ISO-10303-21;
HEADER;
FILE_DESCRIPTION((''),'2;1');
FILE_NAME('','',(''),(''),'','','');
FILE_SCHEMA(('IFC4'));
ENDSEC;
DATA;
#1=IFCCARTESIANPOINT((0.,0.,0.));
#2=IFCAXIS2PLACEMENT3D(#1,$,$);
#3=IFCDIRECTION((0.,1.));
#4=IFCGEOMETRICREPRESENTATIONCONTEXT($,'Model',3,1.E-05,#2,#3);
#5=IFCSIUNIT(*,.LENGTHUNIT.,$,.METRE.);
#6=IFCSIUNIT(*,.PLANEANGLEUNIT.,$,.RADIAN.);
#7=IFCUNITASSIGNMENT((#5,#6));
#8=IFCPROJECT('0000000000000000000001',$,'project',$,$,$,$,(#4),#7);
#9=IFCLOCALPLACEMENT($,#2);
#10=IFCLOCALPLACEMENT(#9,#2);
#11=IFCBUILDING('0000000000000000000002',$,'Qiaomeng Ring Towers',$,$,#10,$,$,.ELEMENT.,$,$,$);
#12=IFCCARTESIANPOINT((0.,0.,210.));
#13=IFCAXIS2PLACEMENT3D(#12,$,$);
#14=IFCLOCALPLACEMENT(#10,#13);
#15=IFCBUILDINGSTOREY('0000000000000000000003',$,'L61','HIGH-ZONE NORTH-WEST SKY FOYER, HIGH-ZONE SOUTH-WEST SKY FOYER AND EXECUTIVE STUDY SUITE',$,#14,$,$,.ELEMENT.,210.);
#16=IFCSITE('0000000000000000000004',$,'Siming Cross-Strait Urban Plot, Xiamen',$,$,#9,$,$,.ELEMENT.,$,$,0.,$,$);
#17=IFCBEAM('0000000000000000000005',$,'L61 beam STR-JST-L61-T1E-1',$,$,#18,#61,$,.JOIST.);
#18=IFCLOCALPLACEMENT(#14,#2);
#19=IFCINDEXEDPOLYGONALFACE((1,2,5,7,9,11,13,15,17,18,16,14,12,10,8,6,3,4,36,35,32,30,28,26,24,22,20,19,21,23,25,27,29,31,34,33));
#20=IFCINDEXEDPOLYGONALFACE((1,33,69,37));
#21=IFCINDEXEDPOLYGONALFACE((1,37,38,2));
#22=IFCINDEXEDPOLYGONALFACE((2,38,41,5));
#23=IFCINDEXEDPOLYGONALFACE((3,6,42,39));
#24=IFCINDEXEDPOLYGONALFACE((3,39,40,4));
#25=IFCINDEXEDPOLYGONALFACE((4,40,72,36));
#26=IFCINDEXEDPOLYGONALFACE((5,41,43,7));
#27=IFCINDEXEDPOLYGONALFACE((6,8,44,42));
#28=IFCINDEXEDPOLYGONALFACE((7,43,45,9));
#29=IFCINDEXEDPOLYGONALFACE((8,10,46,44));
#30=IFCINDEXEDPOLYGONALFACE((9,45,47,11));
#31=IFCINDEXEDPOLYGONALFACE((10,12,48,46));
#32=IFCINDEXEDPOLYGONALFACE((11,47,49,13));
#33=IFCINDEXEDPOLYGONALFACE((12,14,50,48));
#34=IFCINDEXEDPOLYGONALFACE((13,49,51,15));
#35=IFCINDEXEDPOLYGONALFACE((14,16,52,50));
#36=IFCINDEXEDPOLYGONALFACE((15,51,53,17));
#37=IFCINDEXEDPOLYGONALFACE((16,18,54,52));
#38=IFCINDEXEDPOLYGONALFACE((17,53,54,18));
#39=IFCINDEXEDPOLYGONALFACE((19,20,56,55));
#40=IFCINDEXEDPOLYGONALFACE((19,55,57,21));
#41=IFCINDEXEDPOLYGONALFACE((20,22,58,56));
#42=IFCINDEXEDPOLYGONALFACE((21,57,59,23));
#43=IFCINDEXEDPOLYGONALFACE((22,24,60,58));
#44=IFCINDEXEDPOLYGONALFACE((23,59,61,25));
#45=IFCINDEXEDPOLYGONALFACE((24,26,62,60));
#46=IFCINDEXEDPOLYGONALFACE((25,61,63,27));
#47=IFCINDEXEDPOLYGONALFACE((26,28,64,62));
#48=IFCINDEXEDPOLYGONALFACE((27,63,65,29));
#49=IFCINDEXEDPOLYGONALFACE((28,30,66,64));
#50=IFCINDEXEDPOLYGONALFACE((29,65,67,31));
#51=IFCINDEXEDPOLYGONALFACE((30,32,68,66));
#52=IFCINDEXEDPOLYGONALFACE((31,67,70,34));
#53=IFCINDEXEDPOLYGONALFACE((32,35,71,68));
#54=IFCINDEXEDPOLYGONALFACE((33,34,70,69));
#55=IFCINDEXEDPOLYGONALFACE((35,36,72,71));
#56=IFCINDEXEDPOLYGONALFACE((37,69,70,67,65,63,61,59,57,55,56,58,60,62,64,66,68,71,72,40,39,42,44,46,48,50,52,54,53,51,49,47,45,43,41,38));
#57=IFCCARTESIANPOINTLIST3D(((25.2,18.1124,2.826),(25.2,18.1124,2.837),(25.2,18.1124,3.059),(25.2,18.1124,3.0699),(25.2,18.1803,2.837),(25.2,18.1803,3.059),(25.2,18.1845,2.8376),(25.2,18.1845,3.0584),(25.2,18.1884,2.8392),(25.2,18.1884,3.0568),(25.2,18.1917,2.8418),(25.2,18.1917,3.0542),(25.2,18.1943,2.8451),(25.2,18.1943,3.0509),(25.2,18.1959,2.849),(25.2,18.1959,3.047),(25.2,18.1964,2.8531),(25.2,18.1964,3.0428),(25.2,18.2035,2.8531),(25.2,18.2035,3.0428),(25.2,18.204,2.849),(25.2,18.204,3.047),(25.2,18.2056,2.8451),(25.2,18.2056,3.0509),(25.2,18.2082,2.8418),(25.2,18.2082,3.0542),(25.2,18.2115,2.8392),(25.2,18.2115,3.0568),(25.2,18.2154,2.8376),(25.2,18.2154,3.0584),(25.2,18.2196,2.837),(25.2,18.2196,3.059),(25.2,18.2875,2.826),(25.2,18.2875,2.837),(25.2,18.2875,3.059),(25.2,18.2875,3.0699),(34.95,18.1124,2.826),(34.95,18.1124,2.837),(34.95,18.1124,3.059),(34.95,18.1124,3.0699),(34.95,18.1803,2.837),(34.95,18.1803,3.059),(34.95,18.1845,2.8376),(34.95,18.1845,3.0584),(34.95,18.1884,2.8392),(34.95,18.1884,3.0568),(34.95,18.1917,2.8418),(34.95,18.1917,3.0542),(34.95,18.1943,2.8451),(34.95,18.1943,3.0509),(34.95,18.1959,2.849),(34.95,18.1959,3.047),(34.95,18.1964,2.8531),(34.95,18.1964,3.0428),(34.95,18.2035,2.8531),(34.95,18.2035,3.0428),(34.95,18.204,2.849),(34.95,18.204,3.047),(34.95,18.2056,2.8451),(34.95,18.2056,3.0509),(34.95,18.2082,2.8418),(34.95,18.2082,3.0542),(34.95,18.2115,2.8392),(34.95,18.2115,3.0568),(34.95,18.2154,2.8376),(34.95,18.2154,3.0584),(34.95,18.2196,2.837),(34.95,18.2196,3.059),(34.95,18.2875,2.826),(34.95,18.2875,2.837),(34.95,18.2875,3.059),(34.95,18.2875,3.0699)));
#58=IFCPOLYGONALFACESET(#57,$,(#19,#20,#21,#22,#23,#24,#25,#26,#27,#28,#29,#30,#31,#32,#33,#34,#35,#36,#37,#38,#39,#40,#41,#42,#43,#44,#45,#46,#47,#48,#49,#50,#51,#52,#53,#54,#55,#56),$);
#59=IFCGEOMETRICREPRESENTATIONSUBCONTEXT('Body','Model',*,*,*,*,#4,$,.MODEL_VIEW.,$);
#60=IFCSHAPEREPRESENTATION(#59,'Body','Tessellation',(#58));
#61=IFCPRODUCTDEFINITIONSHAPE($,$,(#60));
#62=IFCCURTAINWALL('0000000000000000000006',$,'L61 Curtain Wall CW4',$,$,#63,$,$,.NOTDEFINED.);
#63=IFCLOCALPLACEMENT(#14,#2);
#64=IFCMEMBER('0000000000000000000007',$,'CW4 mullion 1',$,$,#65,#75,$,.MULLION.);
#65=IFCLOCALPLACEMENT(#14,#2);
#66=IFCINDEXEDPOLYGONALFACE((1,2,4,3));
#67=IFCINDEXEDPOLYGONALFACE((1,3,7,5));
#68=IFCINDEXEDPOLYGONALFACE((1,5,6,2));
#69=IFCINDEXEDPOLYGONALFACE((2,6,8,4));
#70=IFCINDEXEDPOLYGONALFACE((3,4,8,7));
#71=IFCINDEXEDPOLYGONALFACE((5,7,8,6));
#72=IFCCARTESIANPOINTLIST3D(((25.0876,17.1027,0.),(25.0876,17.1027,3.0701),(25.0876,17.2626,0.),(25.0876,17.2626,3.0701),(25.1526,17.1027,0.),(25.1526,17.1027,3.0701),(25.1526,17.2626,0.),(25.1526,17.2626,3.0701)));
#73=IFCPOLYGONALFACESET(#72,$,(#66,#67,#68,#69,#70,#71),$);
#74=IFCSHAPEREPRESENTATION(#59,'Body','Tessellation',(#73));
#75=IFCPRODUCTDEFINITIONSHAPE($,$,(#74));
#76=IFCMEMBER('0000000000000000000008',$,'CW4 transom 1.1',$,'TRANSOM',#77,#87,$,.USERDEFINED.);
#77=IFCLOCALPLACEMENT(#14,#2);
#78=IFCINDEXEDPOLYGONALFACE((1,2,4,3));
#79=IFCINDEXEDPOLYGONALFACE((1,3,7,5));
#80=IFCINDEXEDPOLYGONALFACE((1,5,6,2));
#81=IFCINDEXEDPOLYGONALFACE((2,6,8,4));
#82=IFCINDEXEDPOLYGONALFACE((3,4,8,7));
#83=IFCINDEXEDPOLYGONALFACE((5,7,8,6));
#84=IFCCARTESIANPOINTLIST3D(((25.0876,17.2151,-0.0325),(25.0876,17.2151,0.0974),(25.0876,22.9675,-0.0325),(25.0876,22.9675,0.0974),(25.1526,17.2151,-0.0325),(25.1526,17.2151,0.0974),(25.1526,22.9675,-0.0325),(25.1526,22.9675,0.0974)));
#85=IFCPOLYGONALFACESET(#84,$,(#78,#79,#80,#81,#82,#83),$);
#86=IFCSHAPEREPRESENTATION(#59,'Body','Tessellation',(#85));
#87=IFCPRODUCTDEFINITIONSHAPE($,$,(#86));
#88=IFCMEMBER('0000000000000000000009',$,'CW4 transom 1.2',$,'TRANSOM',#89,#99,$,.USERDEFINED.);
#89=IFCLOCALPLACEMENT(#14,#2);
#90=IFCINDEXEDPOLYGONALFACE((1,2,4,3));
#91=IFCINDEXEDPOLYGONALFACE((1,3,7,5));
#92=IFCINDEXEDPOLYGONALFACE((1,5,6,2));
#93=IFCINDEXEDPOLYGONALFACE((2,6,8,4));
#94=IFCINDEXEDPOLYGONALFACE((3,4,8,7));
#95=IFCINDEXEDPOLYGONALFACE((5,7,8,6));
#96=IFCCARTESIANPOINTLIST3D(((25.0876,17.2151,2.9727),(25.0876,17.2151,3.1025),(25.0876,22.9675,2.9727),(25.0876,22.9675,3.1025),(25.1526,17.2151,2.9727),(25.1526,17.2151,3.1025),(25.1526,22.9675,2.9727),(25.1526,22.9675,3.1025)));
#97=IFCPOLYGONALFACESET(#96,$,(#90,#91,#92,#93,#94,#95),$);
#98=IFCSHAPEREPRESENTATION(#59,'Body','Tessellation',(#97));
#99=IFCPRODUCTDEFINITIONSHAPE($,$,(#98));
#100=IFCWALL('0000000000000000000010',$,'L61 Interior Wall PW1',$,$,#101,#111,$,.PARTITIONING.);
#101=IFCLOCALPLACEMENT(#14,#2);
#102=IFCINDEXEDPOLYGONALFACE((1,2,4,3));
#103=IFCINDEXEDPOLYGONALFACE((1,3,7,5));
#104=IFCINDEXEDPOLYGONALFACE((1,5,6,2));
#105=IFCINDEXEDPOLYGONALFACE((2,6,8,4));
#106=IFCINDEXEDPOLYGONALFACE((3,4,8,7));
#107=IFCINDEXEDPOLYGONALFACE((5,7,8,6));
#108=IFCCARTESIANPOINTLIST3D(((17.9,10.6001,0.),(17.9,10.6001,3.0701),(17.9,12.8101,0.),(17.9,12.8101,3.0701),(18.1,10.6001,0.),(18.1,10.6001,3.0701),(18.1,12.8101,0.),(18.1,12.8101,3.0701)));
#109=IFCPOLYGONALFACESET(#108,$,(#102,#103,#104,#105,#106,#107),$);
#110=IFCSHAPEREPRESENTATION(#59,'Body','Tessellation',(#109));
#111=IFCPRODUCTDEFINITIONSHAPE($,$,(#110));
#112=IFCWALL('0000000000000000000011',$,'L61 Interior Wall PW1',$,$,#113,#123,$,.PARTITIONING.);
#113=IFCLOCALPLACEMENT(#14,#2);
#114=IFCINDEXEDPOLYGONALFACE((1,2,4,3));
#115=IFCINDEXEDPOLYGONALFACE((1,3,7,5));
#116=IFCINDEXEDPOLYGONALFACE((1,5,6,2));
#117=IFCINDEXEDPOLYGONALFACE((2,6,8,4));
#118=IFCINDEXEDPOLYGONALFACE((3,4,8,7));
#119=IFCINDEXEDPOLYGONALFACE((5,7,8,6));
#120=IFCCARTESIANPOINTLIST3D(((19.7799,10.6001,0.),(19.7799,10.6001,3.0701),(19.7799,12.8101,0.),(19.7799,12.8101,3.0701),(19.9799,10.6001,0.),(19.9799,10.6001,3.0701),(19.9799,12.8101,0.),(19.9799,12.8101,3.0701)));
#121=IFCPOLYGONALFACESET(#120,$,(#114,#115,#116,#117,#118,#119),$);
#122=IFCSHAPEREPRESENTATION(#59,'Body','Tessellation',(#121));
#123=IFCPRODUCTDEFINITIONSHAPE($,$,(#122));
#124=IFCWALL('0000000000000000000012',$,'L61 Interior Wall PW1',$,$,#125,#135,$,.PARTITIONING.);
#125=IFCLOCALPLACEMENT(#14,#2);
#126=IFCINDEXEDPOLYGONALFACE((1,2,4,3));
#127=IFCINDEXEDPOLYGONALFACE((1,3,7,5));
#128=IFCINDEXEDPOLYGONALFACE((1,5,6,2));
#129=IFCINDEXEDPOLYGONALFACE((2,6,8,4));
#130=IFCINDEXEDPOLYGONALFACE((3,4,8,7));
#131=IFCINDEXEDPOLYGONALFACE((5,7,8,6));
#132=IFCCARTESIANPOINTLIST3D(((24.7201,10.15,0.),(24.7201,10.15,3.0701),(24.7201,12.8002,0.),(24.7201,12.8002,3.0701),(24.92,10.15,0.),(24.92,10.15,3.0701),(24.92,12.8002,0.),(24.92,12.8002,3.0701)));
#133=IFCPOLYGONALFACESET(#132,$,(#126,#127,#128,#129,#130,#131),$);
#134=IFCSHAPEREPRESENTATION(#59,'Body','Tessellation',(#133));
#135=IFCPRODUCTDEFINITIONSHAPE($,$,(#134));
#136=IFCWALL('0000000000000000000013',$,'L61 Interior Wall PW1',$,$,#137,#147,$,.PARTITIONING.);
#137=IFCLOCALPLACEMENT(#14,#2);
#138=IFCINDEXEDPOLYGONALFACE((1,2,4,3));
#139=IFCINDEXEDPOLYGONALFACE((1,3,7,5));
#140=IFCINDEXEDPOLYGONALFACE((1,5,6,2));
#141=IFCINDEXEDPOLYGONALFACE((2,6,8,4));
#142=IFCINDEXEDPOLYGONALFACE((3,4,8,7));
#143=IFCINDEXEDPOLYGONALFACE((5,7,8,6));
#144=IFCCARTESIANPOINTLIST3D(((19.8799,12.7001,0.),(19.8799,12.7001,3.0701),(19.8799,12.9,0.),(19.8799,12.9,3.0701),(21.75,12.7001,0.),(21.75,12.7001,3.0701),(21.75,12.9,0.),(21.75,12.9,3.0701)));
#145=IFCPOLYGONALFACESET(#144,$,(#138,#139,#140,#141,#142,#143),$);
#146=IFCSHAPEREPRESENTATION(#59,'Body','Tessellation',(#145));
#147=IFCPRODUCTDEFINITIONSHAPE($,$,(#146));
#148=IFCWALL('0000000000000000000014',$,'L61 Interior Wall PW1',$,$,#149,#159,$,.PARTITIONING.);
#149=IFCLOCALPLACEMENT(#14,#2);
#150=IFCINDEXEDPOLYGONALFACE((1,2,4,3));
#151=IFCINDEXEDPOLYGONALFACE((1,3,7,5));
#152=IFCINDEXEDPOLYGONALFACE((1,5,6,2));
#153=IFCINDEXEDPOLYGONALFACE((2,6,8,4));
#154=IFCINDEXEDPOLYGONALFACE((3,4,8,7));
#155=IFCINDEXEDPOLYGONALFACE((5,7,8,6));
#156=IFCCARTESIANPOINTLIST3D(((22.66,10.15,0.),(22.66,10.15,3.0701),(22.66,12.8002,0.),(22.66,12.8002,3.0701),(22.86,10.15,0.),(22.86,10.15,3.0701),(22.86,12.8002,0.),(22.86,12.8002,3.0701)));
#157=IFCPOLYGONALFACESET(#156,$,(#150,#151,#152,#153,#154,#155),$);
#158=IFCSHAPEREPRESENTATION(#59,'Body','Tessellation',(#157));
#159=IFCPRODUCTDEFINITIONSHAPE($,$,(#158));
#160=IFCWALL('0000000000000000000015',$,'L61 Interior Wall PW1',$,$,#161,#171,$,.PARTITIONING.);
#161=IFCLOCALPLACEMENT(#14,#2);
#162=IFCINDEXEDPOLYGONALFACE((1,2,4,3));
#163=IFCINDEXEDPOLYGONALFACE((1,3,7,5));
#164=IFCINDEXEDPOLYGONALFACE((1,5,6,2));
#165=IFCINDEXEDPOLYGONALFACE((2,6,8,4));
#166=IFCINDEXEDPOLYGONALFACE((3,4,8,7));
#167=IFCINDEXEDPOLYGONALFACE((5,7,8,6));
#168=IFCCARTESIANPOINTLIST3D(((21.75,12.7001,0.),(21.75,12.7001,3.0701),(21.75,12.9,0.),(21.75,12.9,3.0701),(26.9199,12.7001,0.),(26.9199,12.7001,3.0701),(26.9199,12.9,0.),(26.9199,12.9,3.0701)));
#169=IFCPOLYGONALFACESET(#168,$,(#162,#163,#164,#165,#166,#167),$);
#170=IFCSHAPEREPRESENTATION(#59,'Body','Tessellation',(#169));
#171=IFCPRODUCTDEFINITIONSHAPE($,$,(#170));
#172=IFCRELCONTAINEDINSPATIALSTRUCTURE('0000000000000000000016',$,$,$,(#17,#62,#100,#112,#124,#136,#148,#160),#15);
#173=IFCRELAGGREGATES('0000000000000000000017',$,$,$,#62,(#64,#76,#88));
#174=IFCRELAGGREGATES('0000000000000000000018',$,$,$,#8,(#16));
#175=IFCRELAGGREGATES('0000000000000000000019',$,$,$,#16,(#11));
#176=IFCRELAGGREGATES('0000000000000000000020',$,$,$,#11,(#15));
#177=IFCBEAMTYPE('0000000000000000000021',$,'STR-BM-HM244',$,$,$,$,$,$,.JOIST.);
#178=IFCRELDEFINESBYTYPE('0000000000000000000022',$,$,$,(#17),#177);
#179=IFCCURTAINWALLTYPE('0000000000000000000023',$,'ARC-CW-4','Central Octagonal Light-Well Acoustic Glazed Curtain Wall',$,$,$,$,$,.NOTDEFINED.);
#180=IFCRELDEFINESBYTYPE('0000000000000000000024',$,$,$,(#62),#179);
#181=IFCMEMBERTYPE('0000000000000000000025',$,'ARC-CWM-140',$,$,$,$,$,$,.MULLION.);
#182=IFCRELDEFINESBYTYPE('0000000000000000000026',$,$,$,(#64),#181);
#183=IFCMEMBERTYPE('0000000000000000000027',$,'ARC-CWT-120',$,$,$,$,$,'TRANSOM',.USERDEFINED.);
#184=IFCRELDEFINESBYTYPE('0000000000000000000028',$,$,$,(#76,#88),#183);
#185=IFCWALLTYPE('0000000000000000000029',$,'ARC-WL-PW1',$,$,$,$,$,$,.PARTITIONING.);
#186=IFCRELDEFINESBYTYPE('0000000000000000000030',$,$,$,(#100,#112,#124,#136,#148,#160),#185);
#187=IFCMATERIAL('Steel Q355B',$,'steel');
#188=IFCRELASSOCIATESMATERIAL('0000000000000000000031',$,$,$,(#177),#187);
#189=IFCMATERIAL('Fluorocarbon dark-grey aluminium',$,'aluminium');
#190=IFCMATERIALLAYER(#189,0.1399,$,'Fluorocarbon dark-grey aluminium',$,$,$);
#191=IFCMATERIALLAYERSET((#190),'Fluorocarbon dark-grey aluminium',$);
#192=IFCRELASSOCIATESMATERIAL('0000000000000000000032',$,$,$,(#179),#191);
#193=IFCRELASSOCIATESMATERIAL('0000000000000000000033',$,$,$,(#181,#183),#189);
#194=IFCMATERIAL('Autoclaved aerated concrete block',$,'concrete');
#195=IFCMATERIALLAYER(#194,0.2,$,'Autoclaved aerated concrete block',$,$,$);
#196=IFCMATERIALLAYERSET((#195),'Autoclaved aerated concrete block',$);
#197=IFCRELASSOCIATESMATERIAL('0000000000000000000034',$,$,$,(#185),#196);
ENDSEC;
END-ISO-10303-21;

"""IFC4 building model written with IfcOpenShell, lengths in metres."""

from ifc_helpers import new_model, si_unit, direction, frame, frame_2d, origin, origin_2d, place, context, subcontext, project, spatial, rectangle, i_section, extrude, source, transform, mapped, material, layer, layer_set, material_profile, profile_set, type_object, element, aggregate, save


model = new_model("IFC4")

# Units and contexts
model_context = context("Model", 3, precision=1e-05, world=origin(), true_north=direction((0.0, 1.0)))
body_context = subcontext(model_context, "Body", "Model", "MODEL_VIEW")
ifc_project = project(units=[si_unit("LENGTHUNIT", "METRE"), si_unit("PLANEANGLEUNIT", "RADIAN")], contexts=[model_context])

# Site, building, storey
site_placement = place(None, origin())
site = spatial("IfcSite", under=ifc_project, at=site_placement, Name="Siming Cross-Strait Urban Plot, Xiamen", CompositionType="ELEMENT", RefElevation=0.0)
building_placement = place(site_placement, origin())
building = spatial("IfcBuilding", under=site, at=building_placement, Name="Qiaomeng Ring Towers", CompositionType="ELEMENT")
storey_placement = place(building_placement, frame((0.0, 0.0, 210.0)))
storey = spatial("IfcBuildingStorey", under=building, at=storey_placement, Name="L61", Description="HIGH-ZONE NORTH-WEST SKY FOYER, HIGH-ZONE SOUTH-WEST SKY FOYER AND EXECUTIVE STUDY SUITE", CompositionType="ELEMENT", Elevation=210.0)

# Beam
ifc_material_1 = material(Name="Steel Q355B", Category="steel")
ifc_material_profile_1 = material_profile(ifc_material_1, i_section(OverallWidth=0.175, OverallDepth=0.2439, WebThickness=0.0071, FlangeThickness=0.011, FilletRadius=0.0161, at=origin_2d()), Name="HM 244x175x7x11")
ifc_profile_set_1 = profile_set([ifc_material_profile_1], Name="Steel Q355B")
beam_type_1 = type_object("IfcBeamType", Name="STR-BM-HM244", PredefinedType="JOIST", material=ifc_profile_set_1)
shared_shape_1 = source(origin(), body_context, "Body", "SweptSolid", [
    extrude(i_section(OverallWidth=0.175, OverallDepth=0.2439, WebThickness=0.0071, FlangeThickness=0.011, FilletRadius=0.0161, at=origin_2d()), origin(), (0.0, 0.0, 1.0), 9.75),
])
beam_1_placement = place(storey_placement, frame((25.2, 18.2, 2.948), z_axis=(1.0, 0.0, 0.0), x_axis=(0.0, 1.0, 0.0)))
element("IfcBeam", 1, at=beam_1_placement, inside=storey, type_object=beam_type_1, Name="L61 beam STR-JST-L61-T1E-1", PredefinedType="JOIST", context=body_context, shape_type="MappedRepresentation", body=[
    mapped(shared_shape_1, transform((0.0, 0.0, 0.0), x_axis=(1.0, 0.0, 0.0), y_axis=(0.0, 1.0, 0.0), z_axis=(0.0, 0.0, 1.0), scale=1.0)),
])

# Curtain wall, members
ifc_material_2 = material(Name="Fluorocarbon dark-grey aluminium", Category="aluminium")
ifc_layer_1 = layer(ifc_material_2, 0.1399, Name="Fluorocarbon dark-grey aluminium")
ifc_layer_set_1 = layer_set([ifc_layer_1], Name="Fluorocarbon dark-grey aluminium")
curtain_wall_type = type_object("IfcCurtainWallType", Name="ARC-CW-4", Description="Central Octagonal Light-Well Acoustic Glazed Curtain Wall", PredefinedType="NOTDEFINED", material=ifc_layer_set_1)
curtain_wall_placement = place(storey_placement, origin())
curtain_wall = element("IfcCurtainWall", 2, at=curtain_wall_placement, inside=storey, type_object=curtain_wall_type, Name="L61 Curtain Wall CW4", PredefinedType="NOTDEFINED")
ifc_material_profile_2 = material_profile(ifc_material_2, rectangle(XDim=0.0649, YDim=0.1599, at=origin_2d()), Name="ALU MULL 65x160")
ifc_profile_set_2 = profile_set([ifc_material_profile_2], Name="Fluorocarbon dark-grey aluminium")
member_type_1 = type_object("IfcMemberType", Name="ARC-CWM-140", PredefinedType="MULLION", material=ifc_profile_set_2)
shared_shape_2 = source(origin(), body_context, "Body", "SweptSolid", [
    extrude(rectangle(XDim=0.0649, YDim=0.1599, at=origin_2d()), origin(), (0.0, 0.0, 1.0), 3.0701),
])
member_1_placement = place(storey_placement, frame((25.1201, 17.1826, 0.0), z_axis=(0.0, 0.0, 1.0), x_axis=(-1.0, 0.0, 0.0)))
member_1 = element("IfcMember", 3, at=member_1_placement, type_object=member_type_1, Name="CW4 mullion 1", PredefinedType="MULLION", context=body_context, shape_type="MappedRepresentation", body=[
    mapped(shared_shape_2, transform((0.0, 0.0, 0.0), x_axis=(1.0, 0.0, 0.0), y_axis=(0.0, 1.0, 0.0), z_axis=(0.0, 0.0, 1.0), scale=1.0)),
])
ifc_material_profile_3 = material_profile(ifc_material_2, rectangle(XDim=0.0649, YDim=0.1299, at=origin_2d()), Name="ALU TRAN 65x130")
ifc_profile_set_3 = profile_set([ifc_material_profile_3], Name="Fluorocarbon dark-grey aluminium")
member_type_2 = type_object("IfcMemberType", Name="ARC-CWT-120", ElementType="TRANSOM", PredefinedType="USERDEFINED", material=ifc_profile_set_3)
shared_shape_3 = source(origin(), body_context, "Body", "SweptSolid", [
    extrude(rectangle(XDim=0.0649, YDim=0.1299, at=origin_2d()), origin(), (0.0, 0.0, 1.0), 5.7524),
])
member_2_placement = place(storey_placement, frame((25.1201, 17.2151, 0.0325), z_axis=(0.0, 1.0, 0.0), x_axis=(-1.0, 0.0, 0.0)))
member_2 = element("IfcMember", 4, at=member_2_placement, type_object=member_type_2, Name="CW4 transom 1.1", ObjectType="TRANSOM", PredefinedType="USERDEFINED", context=body_context, shape_type="MappedRepresentation", body=[
    mapped(shared_shape_3, transform((0.0, 0.0, 0.0), x_axis=(1.0, 0.0, 0.0), y_axis=(0.0, 1.0, 0.0), z_axis=(0.0, 0.0, 1.0), scale=1.0)),
])
member_3_placement = place(storey_placement, frame((25.1201, 17.2151, 3.0376), z_axis=(0.0, 1.0, 0.0), x_axis=(-1.0, 0.0, 0.0)))
member_3 = element("IfcMember", 5, at=member_3_placement, type_object=member_type_2, Name="CW4 transom 1.2", ObjectType="TRANSOM", PredefinedType="USERDEFINED", context=body_context, shape_type="MappedRepresentation", body=[
    mapped(shared_shape_3, transform((0.0, 0.0, 0.0), x_axis=(1.0, 0.0, 0.0), y_axis=(0.0, 1.0, 0.0), z_axis=(0.0, 0.0, 1.0), scale=1.0)),
])
aggregate(curtain_wall, [member_1, member_2, member_3])

# Walls
ifc_material_3 = material(Name="Autoclaved aerated concrete block", Category="concrete")
ifc_layer_2 = layer(ifc_material_3, 0.2, Name="Autoclaved aerated concrete block")
ifc_layer_set_2 = layer_set([ifc_layer_2], Name="Autoclaved aerated concrete block")
wall_type_1 = type_object("IfcWallType", Name="ARC-WL-PW1", PredefinedType="PARTITIONING", material=ifc_layer_set_2)
for number, where, z_axis, x_axis, name in (
    (6, (18.0, 10.6001, 0.0), (0.0, 0.0, 1.0), (0.0, 1.0, 0.0), "L61 Interior Wall PW1"),
    (7, (19.8799, 10.6001, 0.0), (0.0, 0.0, 1.0), (0.0, 1.0, 0.0), "L61 Interior Wall PW1"),
):
    element("IfcWall", number, at=place(storey_placement, frame(where, z_axis=z_axis, x_axis=x_axis)), inside=storey, type_object=wall_type_1, Name=name, PredefinedType="PARTITIONING", context=body_context, shape_type="SweptSolid", body=[
        extrude(rectangle(XDim=2.21, YDim=0.2, at=frame_2d((1.105, 0.0))), origin(), (0.0, 0.0, 1.0), 3.0701),
    ])
wall_1_placement = place(storey_placement, frame((24.8201, 10.1499, 0.0), z_axis=(0.0, 0.0, 1.0), x_axis=(0.0, 1.0, 0.0)))
element("IfcWall", 8, at=wall_1_placement, inside=storey, type_object=wall_type_1, Name="L61 Interior Wall PW1", PredefinedType="PARTITIONING", context=body_context, shape_type="SweptSolid", body=[
    extrude(rectangle(XDim=2.6501, YDim=0.2, at=frame_2d((1.3252, 0.0))), origin(), (0.0, 0.0, 1.0), 3.0701),
])
wall_2_placement = place(storey_placement, frame((19.8799, 12.8, 0.0), z_axis=(0.0, 0.0, 1.0), x_axis=(1.0, 0.0, 0.0)))
element("IfcWall", 9, at=wall_2_placement, inside=storey, type_object=wall_type_1, Name="L61 Interior Wall PW1", PredefinedType="PARTITIONING", context=body_context, shape_type="SweptSolid", body=[
    extrude(rectangle(XDim=1.8701, YDim=0.2, at=frame_2d((0.9351, 0.0))), origin(), (0.0, 0.0, 1.0), 3.0701),
])
wall_3_placement = place(storey_placement, frame((22.76, 10.1499, 0.0), z_axis=(0.0, 0.0, 1.0), x_axis=(0.0, 1.0, 0.0)))
element("IfcWall", 10, at=wall_3_placement, inside=storey, type_object=wall_type_1, Name="L61 Interior Wall PW1", PredefinedType="PARTITIONING", context=body_context, shape_type="SweptSolid", body=[
    extrude(rectangle(XDim=2.6501, YDim=0.2, at=frame_2d((1.3252, 0.0))), origin(), (0.0, 0.0, 1.0), 3.0701),
])
wall_4_placement = place(storey_placement, frame((21.75, 12.8, 0.0), z_axis=(0.0, 0.0, 1.0), x_axis=(1.0, 0.0, 0.0)))
element("IfcWall", 11, at=wall_4_placement, inside=storey, type_object=wall_type_1, Name="L61 Interior Wall PW1", PredefinedType="PARTITIONING", context=body_context, shape_type="SweptSolid", body=[
    extrude(rectangle(XDim=5.1699, YDim=0.2, at=frame_2d((2.585, 0.0))), origin(), (0.0, 0.0, 1.0), 3.0701),
])

save(model, "model.ifc")
